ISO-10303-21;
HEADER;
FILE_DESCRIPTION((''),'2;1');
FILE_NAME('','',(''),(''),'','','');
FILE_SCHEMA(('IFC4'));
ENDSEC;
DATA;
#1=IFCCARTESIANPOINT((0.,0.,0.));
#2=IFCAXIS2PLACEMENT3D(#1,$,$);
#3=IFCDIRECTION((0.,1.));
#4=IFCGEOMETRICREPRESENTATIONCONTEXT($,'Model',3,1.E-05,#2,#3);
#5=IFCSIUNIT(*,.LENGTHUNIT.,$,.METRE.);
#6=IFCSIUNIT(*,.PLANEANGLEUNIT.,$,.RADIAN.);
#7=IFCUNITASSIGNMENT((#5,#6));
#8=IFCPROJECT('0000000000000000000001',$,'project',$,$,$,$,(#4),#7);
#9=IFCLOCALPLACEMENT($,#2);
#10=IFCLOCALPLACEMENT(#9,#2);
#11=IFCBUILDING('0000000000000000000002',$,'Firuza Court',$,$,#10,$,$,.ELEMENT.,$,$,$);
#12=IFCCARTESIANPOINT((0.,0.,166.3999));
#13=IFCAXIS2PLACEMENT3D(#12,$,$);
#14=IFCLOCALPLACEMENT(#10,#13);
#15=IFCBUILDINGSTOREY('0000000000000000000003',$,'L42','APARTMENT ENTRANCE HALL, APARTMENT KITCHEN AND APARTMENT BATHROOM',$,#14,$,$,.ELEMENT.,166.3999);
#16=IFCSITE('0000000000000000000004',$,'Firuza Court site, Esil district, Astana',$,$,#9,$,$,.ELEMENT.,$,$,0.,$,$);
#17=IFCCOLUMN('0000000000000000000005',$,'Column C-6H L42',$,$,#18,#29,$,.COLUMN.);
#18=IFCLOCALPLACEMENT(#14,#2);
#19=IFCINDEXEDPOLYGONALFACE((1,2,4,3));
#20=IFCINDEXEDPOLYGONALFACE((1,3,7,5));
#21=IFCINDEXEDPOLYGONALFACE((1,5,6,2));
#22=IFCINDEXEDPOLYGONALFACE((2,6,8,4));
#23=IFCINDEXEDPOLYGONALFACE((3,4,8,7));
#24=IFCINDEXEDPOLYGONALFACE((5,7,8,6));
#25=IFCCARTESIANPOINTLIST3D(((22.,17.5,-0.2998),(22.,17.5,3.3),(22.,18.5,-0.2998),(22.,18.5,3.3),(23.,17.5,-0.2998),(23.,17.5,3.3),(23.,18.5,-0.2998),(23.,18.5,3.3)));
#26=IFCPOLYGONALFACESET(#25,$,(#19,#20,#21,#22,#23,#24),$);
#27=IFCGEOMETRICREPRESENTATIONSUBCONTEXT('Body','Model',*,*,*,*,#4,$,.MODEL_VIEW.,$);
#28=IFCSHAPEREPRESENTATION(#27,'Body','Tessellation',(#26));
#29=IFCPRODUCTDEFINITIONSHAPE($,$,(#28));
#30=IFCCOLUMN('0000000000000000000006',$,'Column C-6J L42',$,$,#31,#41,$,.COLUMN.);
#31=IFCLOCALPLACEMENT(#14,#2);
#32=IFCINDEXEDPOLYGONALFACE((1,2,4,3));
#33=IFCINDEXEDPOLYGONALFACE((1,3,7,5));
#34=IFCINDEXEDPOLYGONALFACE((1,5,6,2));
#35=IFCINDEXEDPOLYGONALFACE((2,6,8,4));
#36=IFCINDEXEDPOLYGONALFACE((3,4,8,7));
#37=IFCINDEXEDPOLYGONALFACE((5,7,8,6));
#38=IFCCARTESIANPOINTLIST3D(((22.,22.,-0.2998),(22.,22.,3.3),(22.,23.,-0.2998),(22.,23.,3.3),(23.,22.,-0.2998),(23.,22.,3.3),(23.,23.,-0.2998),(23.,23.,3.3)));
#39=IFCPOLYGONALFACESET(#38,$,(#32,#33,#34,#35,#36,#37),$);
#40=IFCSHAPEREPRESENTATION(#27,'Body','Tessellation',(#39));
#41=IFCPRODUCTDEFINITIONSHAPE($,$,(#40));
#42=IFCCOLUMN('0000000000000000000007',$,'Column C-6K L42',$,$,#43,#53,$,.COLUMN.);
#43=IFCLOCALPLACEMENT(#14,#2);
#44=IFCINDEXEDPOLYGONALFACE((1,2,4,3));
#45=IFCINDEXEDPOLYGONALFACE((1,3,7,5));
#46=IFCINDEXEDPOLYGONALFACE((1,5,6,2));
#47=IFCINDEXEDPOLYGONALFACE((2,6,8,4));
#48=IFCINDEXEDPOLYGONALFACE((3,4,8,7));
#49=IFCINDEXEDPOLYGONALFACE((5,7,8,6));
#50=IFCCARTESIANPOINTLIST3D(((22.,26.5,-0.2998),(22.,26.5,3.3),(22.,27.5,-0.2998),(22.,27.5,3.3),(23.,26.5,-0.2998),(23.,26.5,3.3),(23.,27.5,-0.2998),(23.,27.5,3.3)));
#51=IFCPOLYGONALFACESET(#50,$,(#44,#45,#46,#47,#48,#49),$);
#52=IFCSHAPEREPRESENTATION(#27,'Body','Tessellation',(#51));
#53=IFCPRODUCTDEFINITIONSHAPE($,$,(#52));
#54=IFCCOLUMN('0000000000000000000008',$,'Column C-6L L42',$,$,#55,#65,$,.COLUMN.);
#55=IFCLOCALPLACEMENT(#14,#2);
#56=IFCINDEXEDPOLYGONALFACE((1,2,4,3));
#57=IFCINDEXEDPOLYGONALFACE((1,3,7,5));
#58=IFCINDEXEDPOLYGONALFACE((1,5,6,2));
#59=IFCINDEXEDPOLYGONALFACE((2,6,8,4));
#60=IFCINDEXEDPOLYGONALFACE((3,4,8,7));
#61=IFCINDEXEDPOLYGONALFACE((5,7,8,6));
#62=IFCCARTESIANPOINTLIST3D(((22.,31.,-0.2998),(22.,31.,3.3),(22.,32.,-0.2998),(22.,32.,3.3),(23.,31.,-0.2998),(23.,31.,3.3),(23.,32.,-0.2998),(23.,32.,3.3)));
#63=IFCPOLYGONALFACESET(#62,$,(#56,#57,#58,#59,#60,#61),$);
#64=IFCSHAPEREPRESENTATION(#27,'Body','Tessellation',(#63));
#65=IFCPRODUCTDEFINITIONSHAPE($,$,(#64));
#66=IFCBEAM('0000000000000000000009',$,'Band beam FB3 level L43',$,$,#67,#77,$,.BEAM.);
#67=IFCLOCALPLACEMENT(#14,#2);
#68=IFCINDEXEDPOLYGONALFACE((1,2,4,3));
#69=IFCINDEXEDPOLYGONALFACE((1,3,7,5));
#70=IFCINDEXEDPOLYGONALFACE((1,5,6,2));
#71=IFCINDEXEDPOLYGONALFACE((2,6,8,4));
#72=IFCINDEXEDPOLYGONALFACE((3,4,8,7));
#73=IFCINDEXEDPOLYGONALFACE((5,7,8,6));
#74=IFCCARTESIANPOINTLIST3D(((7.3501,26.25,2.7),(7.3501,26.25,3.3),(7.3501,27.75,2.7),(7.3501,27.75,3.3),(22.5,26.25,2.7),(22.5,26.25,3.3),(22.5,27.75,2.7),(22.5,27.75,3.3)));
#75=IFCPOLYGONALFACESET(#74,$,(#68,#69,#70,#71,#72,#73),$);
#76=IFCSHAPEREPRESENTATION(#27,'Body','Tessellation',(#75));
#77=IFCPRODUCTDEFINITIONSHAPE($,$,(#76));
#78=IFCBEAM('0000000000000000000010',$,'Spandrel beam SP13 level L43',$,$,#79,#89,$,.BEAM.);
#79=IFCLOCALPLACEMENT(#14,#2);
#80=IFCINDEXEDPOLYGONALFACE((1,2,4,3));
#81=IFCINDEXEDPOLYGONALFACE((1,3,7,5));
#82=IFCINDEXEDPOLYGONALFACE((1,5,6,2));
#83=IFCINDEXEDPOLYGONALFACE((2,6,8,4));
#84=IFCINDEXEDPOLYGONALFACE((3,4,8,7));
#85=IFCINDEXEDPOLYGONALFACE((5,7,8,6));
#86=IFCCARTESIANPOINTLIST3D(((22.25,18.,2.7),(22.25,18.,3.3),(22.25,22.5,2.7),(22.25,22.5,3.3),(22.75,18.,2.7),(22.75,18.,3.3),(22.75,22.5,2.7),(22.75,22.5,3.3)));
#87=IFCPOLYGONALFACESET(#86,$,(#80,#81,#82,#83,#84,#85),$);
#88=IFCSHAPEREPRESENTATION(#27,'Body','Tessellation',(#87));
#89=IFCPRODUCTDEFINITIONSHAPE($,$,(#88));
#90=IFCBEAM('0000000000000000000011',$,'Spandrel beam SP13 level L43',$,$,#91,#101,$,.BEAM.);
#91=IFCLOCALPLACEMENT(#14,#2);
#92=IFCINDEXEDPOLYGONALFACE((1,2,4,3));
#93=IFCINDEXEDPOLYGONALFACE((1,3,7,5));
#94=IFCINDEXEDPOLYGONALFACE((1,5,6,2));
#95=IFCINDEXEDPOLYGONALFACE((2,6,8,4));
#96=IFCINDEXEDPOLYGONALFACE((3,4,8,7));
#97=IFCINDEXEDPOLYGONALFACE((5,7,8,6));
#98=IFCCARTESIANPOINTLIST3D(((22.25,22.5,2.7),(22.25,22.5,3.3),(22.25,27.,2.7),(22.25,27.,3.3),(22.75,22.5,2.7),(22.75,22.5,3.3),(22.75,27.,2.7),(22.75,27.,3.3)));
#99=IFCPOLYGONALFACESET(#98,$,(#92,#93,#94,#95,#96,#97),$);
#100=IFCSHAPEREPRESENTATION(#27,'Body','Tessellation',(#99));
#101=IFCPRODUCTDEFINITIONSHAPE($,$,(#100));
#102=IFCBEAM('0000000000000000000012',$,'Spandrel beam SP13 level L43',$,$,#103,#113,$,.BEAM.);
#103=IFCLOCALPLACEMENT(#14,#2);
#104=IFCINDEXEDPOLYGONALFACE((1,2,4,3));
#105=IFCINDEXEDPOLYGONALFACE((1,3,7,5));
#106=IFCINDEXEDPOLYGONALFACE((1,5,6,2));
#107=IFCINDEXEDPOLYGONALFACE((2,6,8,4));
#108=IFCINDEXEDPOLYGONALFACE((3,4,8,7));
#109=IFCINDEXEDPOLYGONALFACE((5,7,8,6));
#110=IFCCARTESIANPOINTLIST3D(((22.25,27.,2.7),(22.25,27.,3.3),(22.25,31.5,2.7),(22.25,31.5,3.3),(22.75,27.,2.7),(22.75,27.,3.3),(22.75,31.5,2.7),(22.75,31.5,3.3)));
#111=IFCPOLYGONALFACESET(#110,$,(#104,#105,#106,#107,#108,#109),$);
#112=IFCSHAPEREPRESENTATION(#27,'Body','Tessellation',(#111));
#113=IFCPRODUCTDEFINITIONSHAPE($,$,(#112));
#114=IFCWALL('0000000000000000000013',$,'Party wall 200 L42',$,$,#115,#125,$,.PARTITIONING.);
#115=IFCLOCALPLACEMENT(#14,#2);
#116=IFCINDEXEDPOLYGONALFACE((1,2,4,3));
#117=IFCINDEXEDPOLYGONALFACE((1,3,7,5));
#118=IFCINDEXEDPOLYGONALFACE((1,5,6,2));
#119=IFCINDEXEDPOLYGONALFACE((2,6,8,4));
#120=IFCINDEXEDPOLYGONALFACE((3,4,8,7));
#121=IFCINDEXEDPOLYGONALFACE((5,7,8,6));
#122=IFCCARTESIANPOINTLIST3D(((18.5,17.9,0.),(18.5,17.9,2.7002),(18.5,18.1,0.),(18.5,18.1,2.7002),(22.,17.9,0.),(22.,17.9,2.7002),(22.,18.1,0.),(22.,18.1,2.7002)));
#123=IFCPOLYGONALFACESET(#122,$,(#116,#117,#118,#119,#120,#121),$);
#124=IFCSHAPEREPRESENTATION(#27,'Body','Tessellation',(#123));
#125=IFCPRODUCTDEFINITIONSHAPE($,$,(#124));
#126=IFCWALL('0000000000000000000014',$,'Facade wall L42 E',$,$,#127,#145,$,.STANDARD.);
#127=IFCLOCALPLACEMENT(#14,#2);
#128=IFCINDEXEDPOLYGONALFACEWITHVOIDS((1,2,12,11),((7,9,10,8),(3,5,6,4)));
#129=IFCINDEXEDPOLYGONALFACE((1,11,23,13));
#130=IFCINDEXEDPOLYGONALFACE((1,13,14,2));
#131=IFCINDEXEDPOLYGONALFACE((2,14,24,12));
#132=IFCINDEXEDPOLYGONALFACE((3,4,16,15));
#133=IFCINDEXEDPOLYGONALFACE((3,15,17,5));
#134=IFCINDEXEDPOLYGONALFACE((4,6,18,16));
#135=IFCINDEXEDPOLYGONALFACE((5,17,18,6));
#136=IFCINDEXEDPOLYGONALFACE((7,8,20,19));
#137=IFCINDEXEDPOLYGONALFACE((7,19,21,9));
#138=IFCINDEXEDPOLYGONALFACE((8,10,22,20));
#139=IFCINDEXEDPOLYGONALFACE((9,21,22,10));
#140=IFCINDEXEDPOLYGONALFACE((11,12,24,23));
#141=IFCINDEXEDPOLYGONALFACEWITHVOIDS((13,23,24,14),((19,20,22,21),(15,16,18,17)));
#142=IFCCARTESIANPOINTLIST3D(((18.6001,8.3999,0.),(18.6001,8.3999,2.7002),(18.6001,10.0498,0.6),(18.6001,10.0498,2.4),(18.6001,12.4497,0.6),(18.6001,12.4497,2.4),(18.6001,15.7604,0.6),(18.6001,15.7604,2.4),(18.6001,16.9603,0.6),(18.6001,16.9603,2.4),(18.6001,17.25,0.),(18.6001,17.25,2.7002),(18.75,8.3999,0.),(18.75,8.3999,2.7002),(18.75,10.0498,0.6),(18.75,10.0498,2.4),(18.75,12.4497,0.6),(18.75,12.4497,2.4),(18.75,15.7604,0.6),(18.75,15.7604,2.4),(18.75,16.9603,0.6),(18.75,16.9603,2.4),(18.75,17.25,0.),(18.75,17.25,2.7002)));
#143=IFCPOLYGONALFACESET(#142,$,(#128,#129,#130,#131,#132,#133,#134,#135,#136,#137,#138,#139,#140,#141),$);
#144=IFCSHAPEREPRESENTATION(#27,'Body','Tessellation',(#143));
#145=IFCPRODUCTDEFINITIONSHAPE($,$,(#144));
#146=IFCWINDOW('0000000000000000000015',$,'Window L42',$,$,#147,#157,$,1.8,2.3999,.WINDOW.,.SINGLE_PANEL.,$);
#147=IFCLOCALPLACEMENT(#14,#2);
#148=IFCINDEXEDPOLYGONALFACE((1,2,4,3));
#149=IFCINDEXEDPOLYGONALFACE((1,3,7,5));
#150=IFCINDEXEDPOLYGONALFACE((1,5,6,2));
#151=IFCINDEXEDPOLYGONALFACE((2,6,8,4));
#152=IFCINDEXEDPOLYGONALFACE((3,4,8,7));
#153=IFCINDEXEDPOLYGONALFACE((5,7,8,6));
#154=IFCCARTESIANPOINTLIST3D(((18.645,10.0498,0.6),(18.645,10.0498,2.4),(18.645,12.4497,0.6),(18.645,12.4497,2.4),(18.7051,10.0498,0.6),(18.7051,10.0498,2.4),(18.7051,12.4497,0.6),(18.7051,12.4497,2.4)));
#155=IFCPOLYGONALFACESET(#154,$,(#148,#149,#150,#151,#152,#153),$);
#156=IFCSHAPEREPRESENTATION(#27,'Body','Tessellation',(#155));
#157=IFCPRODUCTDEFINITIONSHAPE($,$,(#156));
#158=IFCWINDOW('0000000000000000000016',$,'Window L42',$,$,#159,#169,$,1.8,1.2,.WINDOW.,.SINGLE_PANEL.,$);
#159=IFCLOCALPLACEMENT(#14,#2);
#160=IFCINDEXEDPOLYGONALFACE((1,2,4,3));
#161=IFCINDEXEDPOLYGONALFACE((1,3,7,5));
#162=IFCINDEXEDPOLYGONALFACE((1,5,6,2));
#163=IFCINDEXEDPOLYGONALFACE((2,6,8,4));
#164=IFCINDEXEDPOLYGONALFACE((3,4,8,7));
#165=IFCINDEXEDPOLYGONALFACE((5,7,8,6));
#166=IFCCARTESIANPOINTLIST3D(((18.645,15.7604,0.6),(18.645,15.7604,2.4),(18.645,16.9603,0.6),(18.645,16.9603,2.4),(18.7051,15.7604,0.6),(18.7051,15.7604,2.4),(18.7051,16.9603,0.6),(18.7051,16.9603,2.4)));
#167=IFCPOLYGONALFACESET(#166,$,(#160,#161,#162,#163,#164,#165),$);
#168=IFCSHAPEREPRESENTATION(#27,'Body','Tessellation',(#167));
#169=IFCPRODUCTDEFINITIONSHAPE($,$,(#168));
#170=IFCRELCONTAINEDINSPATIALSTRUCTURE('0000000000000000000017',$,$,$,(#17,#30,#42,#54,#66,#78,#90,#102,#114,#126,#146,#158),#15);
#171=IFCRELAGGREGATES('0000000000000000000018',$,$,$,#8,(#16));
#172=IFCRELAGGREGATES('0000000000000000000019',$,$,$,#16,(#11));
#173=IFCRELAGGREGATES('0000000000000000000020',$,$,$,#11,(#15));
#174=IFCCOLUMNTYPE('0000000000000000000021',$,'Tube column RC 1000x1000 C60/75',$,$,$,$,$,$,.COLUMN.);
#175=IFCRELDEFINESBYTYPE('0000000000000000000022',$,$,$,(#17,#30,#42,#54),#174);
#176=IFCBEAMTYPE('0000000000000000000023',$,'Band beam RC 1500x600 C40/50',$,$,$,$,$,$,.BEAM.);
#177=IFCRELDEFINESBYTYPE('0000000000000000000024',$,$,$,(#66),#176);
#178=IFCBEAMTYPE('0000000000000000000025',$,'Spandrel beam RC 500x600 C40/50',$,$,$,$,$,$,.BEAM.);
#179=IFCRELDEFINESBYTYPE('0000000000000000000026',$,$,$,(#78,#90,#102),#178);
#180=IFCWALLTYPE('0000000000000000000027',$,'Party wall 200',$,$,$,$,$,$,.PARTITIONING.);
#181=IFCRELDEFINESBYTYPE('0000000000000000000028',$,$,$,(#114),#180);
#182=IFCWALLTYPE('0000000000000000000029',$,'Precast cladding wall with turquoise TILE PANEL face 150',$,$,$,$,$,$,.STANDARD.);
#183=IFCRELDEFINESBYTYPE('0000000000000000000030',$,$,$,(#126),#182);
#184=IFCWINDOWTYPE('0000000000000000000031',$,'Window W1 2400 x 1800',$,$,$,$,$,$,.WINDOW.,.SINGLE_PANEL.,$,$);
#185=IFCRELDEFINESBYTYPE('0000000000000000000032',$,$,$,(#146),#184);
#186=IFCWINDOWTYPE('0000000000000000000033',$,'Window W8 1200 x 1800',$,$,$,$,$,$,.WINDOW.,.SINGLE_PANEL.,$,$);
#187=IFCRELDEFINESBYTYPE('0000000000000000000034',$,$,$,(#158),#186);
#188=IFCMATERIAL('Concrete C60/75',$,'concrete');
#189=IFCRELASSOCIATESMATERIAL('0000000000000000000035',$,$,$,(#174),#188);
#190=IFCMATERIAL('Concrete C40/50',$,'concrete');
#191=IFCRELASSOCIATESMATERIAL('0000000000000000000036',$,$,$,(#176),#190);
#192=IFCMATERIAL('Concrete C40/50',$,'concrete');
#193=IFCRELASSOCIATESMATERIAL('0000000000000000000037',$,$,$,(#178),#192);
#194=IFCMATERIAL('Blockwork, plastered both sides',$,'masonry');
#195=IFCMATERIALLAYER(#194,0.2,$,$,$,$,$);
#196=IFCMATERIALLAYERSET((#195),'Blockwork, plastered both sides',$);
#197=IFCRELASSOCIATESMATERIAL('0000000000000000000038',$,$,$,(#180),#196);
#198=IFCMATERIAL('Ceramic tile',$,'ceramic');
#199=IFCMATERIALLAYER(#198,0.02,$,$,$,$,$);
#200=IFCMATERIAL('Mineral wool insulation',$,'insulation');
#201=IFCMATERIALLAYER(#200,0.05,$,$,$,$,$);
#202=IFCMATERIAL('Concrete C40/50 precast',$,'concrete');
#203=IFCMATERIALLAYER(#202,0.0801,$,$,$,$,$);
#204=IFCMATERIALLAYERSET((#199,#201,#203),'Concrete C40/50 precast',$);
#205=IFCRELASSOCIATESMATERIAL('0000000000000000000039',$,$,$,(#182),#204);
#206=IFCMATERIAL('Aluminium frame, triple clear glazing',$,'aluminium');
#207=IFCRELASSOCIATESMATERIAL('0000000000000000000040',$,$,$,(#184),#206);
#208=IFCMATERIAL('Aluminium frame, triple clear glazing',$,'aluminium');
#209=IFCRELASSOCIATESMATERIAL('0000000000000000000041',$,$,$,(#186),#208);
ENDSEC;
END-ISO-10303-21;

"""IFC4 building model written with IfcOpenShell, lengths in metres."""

from ifc_helpers import new_model, si_unit, direction, frame, frame_2d, origin, origin_2d, place, context, subcontext, project, spatial, rectangle, extrude, material, layer, layer_set, material_profile, profile_set, type_object, element, fill, save


model = new_model("IFC4")

# Units and contexts
model_context = context("Model", 3, precision=1e-05, world=origin(), true_north=direction((0.0, 1.0)))
body_context = subcontext(model_context, "Body", "Model", "MODEL_VIEW")
ifc_project = project(units=[si_unit("LENGTHUNIT", "METRE"), si_unit("PLANEANGLEUNIT", "RADIAN")], contexts=[model_context])

# Site, building, storey
site_placement = place(None, origin())
site = spatial("IfcSite", under=ifc_project, at=site_placement, Name="Firuza Court site, Esil district, Astana", CompositionType="ELEMENT", RefElevation=0.0)
building_placement = place(site_placement, origin())
building = spatial("IfcBuilding", under=site, at=building_placement, Name="Firuza Court", CompositionType="ELEMENT")
storey_placement = place(building_placement, frame((0.0, 0.0, 166.3999)))
storey = spatial("IfcBuildingStorey", under=building, at=storey_placement, Name="L42", Description="APARTMENT ENTRANCE HALL, APARTMENT KITCHEN AND APARTMENT BATHROOM", CompositionType="ELEMENT", Elevation=166.3999)

# Columns
ifc_material_1 = material(Name="Concrete C60/75", Category="concrete")
ifc_material_profile_1 = material_profile(ifc_material_1, rectangle(XDim=1.0, YDim=1.0, at=origin_2d()), Name="RC 1000x1000")
ifc_profile_set_1 = profile_set([ifc_material_profile_1], Name="Concrete C60/75")
column_type = type_object("IfcColumnType", Name="Tube column RC 1000x1000 C60/75", PredefinedType="COLUMN", material=ifc_profile_set_1)
for number, where, z_axis, x_axis, name in (
    (1, (22.5, 18.0, -0.2998), (0.0, 0.0, 1.0), (1.0, 0.0, 0.0), "Column C-6H L42"),
    (2, (22.5, 22.5, -0.2998), (0.0, 0.0, 1.0), (1.0, 0.0, 0.0), "Column C-6J L42"),
    (3, (22.5, 27.0, -0.2998), (0.0, 0.0, 1.0), (1.0, 0.0, 0.0), "Column C-6K L42"),
    (4, (22.5, 31.5, -0.2998), (0.0, 0.0, 1.0), (1.0, 0.0, 0.0), "Column C-6L L42"),
):
    element("IfcColumn", number, at=place(storey_placement, frame(where, z_axis=z_axis, x_axis=x_axis)), inside=storey, type_object=column_type, Name=name, PredefinedType="COLUMN", context=body_context, shape_type="SweptSolid", body=[
        extrude(rectangle(XDim=1.0, YDim=1.0, at=origin_2d()), origin(), (0.0, 0.0, 1.0), 3.5999),
    ])

# Beams
ifc_material_2 = material(Name="Concrete C40/50", Category="concrete")
ifc_material_profile_2 = material_profile(ifc_material_2, rectangle(XDim=1.5, YDim=0.6001, at=origin_2d()), Name="RC 1500x600")
ifc_profile_set_2 = profile_set([ifc_material_profile_2], Name="Concrete C40/50")
beam_type_1 = type_object("IfcBeamType", Name="Band beam RC 1500x600 C40/50", PredefinedType="BEAM", material=ifc_profile_set_2)
beam_placement = place(storey_placement, frame((22.5, 27.0, 3.0), z_axis=(-1.0, 0.0, 0.0), x_axis=(0.0, -1.0, 0.0)))
element("IfcBeam", 5, at=beam_placement, inside=storey, type_object=beam_type_1, Name="Band beam FB3 level L43", PredefinedType="BEAM", context=body_context, shape_type="SweptSolid", body=[
    extrude(rectangle(XDim=1.5, YDim=0.6001, at=origin_2d()), origin(), (0.0, 0.0, 1.0), 15.1499),
])
ifc_material_3 = material(Name="Concrete C40/50", Category="concrete")
ifc_material_profile_3 = material_profile(ifc_material_3, rectangle(XDim=0.5, YDim=0.6001, at=origin_2d()), Name="RC 500x600")
ifc_profile_set_3 = profile_set([ifc_material_profile_3], Name="Concrete C40/50")
beam_type_2 = type_object("IfcBeamType", Name="Spandrel beam RC 500x600 C40/50", PredefinedType="BEAM", material=ifc_profile_set_3)
for number, where, z_axis, x_axis, name in (
    (6, (22.5, 18.0, 3.0), (0.0, 1.0, 0.0), (-1.0, 0.0, 0.0), "Spandrel beam SP13 level L43"),
    (7, (22.5, 22.5, 3.0), (0.0, 1.0, 0.0), (-1.0, 0.0, 0.0), "Spandrel beam SP13 level L43"),
    (8, (22.5, 27.0, 3.0), (0.0, 1.0, 0.0), (-1.0, 0.0, 0.0), "Spandrel beam SP13 level L43"),
):
    element("IfcBeam", number, at=place(storey_placement, frame(where, z_axis=z_axis, x_axis=x_axis)), inside=storey, type_object=beam_type_2, Name=name, PredefinedType="BEAM", context=body_context, shape_type="SweptSolid", body=[
        extrude(rectangle(XDim=0.5, YDim=0.6001, at=origin_2d()), origin(), (0.0, 0.0, 1.0), 4.5),
    ])

# Wall
ifc_material_4 = material(Name="Blockwork, plastered both sides", Category="masonry")
ifc_layer_1 = layer(ifc_material_4, 0.2)
ifc_layer_set_1 = layer_set([ifc_layer_1], Name="Blockwork, plastered both sides")
wall_type_1 = type_object("IfcWallType", Name="Party wall 200", PredefinedType="PARTITIONING", material=ifc_layer_set_1)
wall_1_placement = place(storey_placement, frame((18.5, 18.0, 0.0), z_axis=(0.0, 0.0, 1.0), x_axis=(1.0, 0.0, 0.0)))
element("IfcWall", 9, at=wall_1_placement, inside=storey, type_object=wall_type_1, Name="Party wall 200 L42", PredefinedType="PARTITIONING", context=body_context, shape_type="SweptSolid", body=[
    extrude(rectangle(XDim=3.5, YDim=0.2, at=frame_2d((1.75, 0.0))), origin(), (0.0, 0.0, 1.0), 2.7002),
])

# Wall, openings, windows
ifc_material_5 = material(Name="Ceramic tile", Category="ceramic")
ifc_layer_2 = layer(ifc_material_5, 0.02)
ifc_material_6 = material(Name="Mineral wool insulation", Category="insulation")
ifc_layer_3 = layer(ifc_material_6, 0.05)
ifc_material_7 = material(Name="Concrete C40/50 precast", Category="concrete")
ifc_layer_4 = layer(ifc_material_7, 0.0801)
ifc_layer_set_2 = layer_set([ifc_layer_2, ifc_layer_3, ifc_layer_4], Name="Concrete C40/50 precast")
wall_type_2 = type_object("IfcWallType", Name="Precast cladding wall with turquoise TILE PANEL face 150", PredefinedType="STANDARD", material=ifc_layer_set_2)
wall_2_placement = place(storey_placement, frame((18.675, 8.3999, 0.0), z_axis=(0.0, 0.0, 1.0), x_axis=(0.0, 1.0, 0.0)))
wall_2 = element("IfcWall", 10, at=wall_2_placement, inside=storey, type_object=wall_type_2, Name="Facade wall L42 E", PredefinedType="STANDARD", context=body_context, shape_type="SweptSolid", body=[
    extrude(rectangle(XDim=8.8501, YDim=0.1499, at=frame_2d((4.425, 0.0))), origin(), (0.0, 0.0, 1.0), 2.7002),
])
opening_1_placement = place(wall_2_placement, frame((1.6499, 0.0, 0.6001)))
opening_1 = element("IfcOpeningElement", 11, at=opening_1_placement, cuts=wall_2, PredefinedType="OPENING", context=body_context, shape_type="SweptSolid", body=[
    extrude(rectangle(XDim=2.3999, YDim=1.8, at=frame_2d((1.2, 0.8999))), frame((0.0, 0.0869, 0.0), z_axis=(0.0, -1.0, 0.0), x_axis=(1.0, 0.0, 0.0)), (0.0, 0.0, 1.0), 0.1738),
])
opening_2_placement = place(wall_2_placement, frame((7.3604, 0.0, 0.6001)))
opening_2 = element("IfcOpeningElement", 12, at=opening_2_placement, cuts=wall_2, PredefinedType="OPENING", context=body_context, shape_type="SweptSolid", body=[
    extrude(rectangle(XDim=1.2, YDim=1.8, at=frame_2d((0.6001, 0.8999))), frame((0.0, 0.0869, 0.0), z_axis=(0.0, -1.0, 0.0), x_axis=(1.0, 0.0, 0.0)), (0.0, 0.0, 1.0), 0.1738),
])
ifc_material_8 = material(Name="Aluminium frame, triple clear glazing", Category="aluminium")
window_type_1 = type_object("IfcWindowType", Name="Window W1 2400 x 1800", PartitioningType="SINGLE_PANEL", PredefinedType="WINDOW", material=ifc_material_8)
window_1_placement = place(opening_1_placement, origin())
window_1 = element("IfcWindow", 13, at=window_1_placement, inside=storey, type_object=window_type_1, Name="Window L42", OverallHeight=1.8, OverallWidth=2.3999, PartitioningType="SINGLE_PANEL", PredefinedType="WINDOW", context=body_context, shape_type="SweptSolid", body=[
    extrude(rectangle(XDim=2.3999, YDim=1.8, at=frame_2d((1.2, 0.8999))), frame((0.0, 0.03, 0.0), z_axis=(0.0, -1.0, 0.0), x_axis=(1.0, 0.0, 0.0)), (0.0, 0.0, 1.0), 0.0601),
])
fill(opening_1, window_1)
ifc_material_9 = material(Name="Aluminium frame, triple clear glazing", Category="aluminium")
window_type_2 = type_object("IfcWindowType", Name="Window W8 1200 x 1800", PartitioningType="SINGLE_PANEL", PredefinedType="WINDOW", material=ifc_material_9)
window_2_placement = place(opening_2_placement, origin())
window_2 = element("IfcWindow", 14, at=window_2_placement, inside=storey, type_object=window_type_2, Name="Window L42", OverallHeight=1.8, OverallWidth=1.2, PartitioningType="SINGLE_PANEL", PredefinedType="WINDOW", context=body_context, shape_type="SweptSolid", body=[
    extrude(rectangle(XDim=1.2, YDim=1.8, at=frame_2d((0.6001, 0.8999))), frame((0.0, 0.03, 0.0), z_axis=(0.0, -1.0, 0.0), x_axis=(1.0, 0.0, 0.0)), (0.0, 0.0, 1.0), 0.0601),
])
fill(opening_2, window_2)

save(model, "model.ifc")
